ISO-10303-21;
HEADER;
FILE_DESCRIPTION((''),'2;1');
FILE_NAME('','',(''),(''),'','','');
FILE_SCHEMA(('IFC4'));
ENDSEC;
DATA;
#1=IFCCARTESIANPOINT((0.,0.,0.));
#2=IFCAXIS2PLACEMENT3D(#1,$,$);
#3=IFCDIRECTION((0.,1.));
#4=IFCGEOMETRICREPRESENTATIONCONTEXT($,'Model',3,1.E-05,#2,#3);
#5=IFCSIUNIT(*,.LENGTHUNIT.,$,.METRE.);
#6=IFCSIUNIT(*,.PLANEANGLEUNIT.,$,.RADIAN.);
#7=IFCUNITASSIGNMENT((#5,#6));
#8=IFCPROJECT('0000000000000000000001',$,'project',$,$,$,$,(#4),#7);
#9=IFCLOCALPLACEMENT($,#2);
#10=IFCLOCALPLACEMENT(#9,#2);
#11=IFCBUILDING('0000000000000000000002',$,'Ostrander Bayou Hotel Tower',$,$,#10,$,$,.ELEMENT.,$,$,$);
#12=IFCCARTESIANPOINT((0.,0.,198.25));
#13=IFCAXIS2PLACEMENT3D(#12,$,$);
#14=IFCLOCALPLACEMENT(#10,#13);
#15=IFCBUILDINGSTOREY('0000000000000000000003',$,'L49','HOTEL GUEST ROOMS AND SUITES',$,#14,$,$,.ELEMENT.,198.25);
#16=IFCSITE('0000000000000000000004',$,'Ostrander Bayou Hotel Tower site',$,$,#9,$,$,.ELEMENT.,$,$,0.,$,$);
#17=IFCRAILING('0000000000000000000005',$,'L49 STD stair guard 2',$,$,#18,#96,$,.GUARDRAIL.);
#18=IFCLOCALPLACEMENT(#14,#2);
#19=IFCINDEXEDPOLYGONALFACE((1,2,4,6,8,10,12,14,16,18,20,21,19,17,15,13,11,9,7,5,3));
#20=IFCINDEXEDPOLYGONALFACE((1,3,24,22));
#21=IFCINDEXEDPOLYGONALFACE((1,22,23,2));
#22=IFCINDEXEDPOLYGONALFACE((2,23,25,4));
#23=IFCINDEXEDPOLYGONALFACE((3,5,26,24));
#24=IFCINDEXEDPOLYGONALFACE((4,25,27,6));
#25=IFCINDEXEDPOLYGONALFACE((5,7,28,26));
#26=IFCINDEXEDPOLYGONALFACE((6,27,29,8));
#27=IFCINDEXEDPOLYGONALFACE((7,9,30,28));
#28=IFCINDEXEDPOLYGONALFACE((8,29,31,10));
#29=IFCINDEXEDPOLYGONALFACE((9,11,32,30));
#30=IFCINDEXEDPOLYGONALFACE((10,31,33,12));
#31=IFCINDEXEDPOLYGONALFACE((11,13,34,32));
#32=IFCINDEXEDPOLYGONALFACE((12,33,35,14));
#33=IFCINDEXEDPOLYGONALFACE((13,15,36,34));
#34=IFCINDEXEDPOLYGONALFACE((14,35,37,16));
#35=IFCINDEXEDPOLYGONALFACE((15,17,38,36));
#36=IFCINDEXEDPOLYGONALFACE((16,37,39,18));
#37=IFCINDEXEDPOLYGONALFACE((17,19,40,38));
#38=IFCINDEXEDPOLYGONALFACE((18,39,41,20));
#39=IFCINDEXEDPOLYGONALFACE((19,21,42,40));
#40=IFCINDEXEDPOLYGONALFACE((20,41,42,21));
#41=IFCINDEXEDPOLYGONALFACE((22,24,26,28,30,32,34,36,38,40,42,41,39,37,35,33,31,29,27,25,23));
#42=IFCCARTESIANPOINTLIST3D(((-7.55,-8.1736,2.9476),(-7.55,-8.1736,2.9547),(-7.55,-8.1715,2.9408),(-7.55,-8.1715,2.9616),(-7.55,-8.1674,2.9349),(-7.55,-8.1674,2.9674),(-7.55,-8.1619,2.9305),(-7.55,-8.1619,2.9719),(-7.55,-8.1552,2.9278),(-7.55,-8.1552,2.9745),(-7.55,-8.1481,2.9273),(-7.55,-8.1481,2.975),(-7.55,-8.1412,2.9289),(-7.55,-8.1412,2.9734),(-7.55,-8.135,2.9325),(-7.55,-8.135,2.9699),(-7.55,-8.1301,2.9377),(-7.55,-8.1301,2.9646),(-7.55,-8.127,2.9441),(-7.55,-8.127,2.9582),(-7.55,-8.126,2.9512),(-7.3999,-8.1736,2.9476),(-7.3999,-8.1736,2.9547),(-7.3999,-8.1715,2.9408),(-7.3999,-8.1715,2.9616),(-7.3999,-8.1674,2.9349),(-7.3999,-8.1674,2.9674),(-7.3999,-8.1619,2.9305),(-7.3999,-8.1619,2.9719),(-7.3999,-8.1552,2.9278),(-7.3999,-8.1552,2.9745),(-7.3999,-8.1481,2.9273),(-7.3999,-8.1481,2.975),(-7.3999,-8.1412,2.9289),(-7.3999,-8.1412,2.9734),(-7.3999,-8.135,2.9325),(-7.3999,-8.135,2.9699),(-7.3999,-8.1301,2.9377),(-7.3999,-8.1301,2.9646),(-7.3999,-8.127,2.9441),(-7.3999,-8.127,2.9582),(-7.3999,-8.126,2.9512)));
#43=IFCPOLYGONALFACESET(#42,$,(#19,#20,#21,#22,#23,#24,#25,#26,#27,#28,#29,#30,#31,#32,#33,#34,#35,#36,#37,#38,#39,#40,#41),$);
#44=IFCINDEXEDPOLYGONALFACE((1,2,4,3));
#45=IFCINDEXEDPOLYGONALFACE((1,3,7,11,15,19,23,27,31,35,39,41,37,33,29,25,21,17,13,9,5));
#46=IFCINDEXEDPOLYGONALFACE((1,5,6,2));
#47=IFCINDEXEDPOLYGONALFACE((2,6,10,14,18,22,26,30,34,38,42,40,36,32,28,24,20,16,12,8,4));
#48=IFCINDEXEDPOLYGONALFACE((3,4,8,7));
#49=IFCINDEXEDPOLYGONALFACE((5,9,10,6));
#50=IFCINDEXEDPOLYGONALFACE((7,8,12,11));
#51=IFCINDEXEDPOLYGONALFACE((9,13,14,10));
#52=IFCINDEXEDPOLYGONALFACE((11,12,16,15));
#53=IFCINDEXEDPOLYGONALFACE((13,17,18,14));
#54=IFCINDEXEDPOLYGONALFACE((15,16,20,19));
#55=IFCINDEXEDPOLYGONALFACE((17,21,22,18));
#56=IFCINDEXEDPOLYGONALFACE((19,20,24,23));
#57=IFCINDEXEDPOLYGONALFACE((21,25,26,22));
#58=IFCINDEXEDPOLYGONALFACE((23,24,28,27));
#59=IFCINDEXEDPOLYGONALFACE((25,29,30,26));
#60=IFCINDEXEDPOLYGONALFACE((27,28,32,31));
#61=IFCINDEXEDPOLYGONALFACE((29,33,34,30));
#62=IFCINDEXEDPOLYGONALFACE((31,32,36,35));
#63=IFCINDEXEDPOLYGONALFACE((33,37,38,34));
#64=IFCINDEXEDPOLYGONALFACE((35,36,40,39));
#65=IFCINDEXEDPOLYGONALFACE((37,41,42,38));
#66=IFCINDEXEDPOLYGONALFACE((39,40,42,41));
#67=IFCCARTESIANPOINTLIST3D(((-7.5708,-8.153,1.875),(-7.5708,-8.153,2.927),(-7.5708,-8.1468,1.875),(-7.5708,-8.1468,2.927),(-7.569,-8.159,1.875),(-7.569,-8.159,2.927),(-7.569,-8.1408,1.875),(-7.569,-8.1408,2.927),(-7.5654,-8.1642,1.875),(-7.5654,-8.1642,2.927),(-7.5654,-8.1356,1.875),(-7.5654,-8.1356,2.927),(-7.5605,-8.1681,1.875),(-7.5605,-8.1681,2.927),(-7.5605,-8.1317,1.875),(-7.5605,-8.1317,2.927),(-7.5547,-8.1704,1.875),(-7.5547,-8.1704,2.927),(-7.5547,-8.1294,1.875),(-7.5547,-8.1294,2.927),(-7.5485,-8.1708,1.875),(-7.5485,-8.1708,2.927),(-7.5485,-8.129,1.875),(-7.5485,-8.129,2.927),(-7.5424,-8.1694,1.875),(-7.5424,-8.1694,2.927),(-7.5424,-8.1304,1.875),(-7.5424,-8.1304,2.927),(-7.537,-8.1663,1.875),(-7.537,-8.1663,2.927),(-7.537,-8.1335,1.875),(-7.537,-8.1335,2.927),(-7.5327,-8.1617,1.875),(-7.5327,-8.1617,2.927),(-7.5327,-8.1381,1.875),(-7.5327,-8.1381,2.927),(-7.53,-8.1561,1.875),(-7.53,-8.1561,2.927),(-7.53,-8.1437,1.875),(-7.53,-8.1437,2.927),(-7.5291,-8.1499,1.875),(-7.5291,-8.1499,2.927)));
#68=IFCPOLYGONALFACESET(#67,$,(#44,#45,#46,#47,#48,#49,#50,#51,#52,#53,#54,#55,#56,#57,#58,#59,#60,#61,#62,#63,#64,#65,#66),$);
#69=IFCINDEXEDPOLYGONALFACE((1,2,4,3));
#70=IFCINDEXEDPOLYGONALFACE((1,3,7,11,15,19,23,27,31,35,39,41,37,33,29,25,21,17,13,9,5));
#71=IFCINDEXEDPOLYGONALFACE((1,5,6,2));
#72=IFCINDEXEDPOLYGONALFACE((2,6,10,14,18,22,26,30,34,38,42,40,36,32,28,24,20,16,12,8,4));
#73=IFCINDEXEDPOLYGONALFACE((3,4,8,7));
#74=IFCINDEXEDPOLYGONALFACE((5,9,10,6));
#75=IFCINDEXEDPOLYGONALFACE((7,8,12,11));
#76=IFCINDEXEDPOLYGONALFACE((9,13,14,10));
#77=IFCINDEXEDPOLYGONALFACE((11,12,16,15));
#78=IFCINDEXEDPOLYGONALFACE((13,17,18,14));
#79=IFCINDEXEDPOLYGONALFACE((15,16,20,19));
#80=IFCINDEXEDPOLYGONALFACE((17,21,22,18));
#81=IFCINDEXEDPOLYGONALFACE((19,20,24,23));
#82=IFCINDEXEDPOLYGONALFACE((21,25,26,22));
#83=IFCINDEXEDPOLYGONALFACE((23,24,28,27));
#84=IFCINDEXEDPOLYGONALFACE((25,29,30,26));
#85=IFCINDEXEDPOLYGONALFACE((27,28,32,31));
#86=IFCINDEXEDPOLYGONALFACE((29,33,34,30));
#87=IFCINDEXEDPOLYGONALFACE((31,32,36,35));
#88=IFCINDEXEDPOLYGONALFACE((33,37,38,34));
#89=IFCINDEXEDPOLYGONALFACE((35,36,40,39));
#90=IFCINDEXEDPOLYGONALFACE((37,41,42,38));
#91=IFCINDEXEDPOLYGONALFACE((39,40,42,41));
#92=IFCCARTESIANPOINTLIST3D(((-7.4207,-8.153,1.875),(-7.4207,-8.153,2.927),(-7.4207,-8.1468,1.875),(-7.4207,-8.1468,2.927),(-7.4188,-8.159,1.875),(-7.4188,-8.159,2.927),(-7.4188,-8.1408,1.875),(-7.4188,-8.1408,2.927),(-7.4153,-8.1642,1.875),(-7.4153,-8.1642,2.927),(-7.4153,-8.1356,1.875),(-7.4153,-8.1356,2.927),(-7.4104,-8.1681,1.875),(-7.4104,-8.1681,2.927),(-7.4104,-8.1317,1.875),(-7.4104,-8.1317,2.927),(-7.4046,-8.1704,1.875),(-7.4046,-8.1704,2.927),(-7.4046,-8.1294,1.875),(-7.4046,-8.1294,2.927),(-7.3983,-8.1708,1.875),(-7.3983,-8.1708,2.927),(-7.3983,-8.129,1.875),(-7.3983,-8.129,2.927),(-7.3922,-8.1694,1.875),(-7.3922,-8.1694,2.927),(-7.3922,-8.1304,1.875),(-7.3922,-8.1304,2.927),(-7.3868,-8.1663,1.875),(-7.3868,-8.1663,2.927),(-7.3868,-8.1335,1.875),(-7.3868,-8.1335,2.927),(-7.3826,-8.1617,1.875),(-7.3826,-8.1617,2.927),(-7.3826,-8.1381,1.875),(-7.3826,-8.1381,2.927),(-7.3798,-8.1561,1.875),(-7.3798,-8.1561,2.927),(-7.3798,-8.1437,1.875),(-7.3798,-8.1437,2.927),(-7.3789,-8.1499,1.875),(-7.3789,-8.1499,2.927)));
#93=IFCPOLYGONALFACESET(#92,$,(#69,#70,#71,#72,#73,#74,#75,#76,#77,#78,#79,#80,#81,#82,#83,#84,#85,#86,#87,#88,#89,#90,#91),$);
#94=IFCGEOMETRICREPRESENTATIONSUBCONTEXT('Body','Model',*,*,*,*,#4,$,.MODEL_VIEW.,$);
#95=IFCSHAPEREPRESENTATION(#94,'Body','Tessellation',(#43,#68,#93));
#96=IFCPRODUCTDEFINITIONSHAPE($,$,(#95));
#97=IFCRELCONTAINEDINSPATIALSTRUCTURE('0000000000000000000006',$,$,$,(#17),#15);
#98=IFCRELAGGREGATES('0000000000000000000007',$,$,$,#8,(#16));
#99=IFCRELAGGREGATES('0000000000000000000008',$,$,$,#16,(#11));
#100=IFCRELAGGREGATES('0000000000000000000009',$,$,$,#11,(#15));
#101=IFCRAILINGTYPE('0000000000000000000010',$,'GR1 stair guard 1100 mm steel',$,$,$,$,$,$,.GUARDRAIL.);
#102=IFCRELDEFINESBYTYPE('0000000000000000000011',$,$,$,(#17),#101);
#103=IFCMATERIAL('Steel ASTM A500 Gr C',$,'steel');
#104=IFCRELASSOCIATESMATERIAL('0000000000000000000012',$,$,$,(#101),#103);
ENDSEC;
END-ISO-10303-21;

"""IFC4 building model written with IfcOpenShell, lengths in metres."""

from ifc_helpers import new_model, si_unit, direction, frame, origin, origin_2d, place, context, subcontext, project, spatial, circle, extrude, material, type_object, element, save


model = new_model("IFC4")

# Units and contexts
model_context = context("Model", 3, precision=1e-05, world=origin(), true_north=direction((0.0, 1.0)))
body_context = subcontext(model_context, "Body", "Model", "MODEL_VIEW")
ifc_project = project(units=[si_unit("LENGTHUNIT", "METRE"), si_unit("PLANEANGLEUNIT", "RADIAN")], contexts=[model_context])

# Site, building, storey
site_placement = place(None, origin())
site = spatial("IfcSite", under=ifc_project, at=site_placement, Name="Ostrander Bayou Hotel Tower site", CompositionType="ELEMENT", RefElevation=0.0)
building_placement = place(site_placement, origin())
building = spatial("IfcBuilding", under=site, at=building_placement, Name="Ostrander Bayou Hotel Tower", CompositionType="ELEMENT")
storey_placement = place(building_placement, frame((0.0, 0.0, 198.25)))
storey = spatial("IfcBuildingStorey", under=building, at=storey_placement, Name="L49", Description="HOTEL GUEST ROOMS AND SUITES", CompositionType="ELEMENT", Elevation=198.25)

# Railing
ifc_material_1 = material(Name="Steel ASTM A500 Gr C", Category="steel")
railing_type_1 = type_object("IfcRailingType", Name="GR1 stair guard 1100 mm steel", PredefinedType="GUARDRAIL", material=ifc_material_1)
railing_1_placement = place(storey_placement, frame((-7.55, -8.1499, 1.875)))
element("IfcRailing", 1, at=railing_1_placement, inside=storey, type_object=railing_type_1, Name="L49 STD stair guard 2", PredefinedType="GUARDRAIL", context=body_context, shape_type="SweptSolid", body=[
    extrude(circle(Radius=0.0239, at=origin_2d()), frame((0.0, 0.0, 1.0762), z_axis=(1.0, 0.0, 0.0), x_axis=(0.0, 1.0, 0.0)), (0.0, 0.0, 1.0), 0.1501),
    extrude(circle(Radius=0.021, at=origin_2d()), origin(), (0.0, 0.0, 1.0), 1.052),
    extrude(circle(Radius=0.021, at=origin_2d()), frame((0.1501, 0.0, 0.0)), (0.0, 0.0, 1.0), 1.052),
])

save(model, "model.ifc")
